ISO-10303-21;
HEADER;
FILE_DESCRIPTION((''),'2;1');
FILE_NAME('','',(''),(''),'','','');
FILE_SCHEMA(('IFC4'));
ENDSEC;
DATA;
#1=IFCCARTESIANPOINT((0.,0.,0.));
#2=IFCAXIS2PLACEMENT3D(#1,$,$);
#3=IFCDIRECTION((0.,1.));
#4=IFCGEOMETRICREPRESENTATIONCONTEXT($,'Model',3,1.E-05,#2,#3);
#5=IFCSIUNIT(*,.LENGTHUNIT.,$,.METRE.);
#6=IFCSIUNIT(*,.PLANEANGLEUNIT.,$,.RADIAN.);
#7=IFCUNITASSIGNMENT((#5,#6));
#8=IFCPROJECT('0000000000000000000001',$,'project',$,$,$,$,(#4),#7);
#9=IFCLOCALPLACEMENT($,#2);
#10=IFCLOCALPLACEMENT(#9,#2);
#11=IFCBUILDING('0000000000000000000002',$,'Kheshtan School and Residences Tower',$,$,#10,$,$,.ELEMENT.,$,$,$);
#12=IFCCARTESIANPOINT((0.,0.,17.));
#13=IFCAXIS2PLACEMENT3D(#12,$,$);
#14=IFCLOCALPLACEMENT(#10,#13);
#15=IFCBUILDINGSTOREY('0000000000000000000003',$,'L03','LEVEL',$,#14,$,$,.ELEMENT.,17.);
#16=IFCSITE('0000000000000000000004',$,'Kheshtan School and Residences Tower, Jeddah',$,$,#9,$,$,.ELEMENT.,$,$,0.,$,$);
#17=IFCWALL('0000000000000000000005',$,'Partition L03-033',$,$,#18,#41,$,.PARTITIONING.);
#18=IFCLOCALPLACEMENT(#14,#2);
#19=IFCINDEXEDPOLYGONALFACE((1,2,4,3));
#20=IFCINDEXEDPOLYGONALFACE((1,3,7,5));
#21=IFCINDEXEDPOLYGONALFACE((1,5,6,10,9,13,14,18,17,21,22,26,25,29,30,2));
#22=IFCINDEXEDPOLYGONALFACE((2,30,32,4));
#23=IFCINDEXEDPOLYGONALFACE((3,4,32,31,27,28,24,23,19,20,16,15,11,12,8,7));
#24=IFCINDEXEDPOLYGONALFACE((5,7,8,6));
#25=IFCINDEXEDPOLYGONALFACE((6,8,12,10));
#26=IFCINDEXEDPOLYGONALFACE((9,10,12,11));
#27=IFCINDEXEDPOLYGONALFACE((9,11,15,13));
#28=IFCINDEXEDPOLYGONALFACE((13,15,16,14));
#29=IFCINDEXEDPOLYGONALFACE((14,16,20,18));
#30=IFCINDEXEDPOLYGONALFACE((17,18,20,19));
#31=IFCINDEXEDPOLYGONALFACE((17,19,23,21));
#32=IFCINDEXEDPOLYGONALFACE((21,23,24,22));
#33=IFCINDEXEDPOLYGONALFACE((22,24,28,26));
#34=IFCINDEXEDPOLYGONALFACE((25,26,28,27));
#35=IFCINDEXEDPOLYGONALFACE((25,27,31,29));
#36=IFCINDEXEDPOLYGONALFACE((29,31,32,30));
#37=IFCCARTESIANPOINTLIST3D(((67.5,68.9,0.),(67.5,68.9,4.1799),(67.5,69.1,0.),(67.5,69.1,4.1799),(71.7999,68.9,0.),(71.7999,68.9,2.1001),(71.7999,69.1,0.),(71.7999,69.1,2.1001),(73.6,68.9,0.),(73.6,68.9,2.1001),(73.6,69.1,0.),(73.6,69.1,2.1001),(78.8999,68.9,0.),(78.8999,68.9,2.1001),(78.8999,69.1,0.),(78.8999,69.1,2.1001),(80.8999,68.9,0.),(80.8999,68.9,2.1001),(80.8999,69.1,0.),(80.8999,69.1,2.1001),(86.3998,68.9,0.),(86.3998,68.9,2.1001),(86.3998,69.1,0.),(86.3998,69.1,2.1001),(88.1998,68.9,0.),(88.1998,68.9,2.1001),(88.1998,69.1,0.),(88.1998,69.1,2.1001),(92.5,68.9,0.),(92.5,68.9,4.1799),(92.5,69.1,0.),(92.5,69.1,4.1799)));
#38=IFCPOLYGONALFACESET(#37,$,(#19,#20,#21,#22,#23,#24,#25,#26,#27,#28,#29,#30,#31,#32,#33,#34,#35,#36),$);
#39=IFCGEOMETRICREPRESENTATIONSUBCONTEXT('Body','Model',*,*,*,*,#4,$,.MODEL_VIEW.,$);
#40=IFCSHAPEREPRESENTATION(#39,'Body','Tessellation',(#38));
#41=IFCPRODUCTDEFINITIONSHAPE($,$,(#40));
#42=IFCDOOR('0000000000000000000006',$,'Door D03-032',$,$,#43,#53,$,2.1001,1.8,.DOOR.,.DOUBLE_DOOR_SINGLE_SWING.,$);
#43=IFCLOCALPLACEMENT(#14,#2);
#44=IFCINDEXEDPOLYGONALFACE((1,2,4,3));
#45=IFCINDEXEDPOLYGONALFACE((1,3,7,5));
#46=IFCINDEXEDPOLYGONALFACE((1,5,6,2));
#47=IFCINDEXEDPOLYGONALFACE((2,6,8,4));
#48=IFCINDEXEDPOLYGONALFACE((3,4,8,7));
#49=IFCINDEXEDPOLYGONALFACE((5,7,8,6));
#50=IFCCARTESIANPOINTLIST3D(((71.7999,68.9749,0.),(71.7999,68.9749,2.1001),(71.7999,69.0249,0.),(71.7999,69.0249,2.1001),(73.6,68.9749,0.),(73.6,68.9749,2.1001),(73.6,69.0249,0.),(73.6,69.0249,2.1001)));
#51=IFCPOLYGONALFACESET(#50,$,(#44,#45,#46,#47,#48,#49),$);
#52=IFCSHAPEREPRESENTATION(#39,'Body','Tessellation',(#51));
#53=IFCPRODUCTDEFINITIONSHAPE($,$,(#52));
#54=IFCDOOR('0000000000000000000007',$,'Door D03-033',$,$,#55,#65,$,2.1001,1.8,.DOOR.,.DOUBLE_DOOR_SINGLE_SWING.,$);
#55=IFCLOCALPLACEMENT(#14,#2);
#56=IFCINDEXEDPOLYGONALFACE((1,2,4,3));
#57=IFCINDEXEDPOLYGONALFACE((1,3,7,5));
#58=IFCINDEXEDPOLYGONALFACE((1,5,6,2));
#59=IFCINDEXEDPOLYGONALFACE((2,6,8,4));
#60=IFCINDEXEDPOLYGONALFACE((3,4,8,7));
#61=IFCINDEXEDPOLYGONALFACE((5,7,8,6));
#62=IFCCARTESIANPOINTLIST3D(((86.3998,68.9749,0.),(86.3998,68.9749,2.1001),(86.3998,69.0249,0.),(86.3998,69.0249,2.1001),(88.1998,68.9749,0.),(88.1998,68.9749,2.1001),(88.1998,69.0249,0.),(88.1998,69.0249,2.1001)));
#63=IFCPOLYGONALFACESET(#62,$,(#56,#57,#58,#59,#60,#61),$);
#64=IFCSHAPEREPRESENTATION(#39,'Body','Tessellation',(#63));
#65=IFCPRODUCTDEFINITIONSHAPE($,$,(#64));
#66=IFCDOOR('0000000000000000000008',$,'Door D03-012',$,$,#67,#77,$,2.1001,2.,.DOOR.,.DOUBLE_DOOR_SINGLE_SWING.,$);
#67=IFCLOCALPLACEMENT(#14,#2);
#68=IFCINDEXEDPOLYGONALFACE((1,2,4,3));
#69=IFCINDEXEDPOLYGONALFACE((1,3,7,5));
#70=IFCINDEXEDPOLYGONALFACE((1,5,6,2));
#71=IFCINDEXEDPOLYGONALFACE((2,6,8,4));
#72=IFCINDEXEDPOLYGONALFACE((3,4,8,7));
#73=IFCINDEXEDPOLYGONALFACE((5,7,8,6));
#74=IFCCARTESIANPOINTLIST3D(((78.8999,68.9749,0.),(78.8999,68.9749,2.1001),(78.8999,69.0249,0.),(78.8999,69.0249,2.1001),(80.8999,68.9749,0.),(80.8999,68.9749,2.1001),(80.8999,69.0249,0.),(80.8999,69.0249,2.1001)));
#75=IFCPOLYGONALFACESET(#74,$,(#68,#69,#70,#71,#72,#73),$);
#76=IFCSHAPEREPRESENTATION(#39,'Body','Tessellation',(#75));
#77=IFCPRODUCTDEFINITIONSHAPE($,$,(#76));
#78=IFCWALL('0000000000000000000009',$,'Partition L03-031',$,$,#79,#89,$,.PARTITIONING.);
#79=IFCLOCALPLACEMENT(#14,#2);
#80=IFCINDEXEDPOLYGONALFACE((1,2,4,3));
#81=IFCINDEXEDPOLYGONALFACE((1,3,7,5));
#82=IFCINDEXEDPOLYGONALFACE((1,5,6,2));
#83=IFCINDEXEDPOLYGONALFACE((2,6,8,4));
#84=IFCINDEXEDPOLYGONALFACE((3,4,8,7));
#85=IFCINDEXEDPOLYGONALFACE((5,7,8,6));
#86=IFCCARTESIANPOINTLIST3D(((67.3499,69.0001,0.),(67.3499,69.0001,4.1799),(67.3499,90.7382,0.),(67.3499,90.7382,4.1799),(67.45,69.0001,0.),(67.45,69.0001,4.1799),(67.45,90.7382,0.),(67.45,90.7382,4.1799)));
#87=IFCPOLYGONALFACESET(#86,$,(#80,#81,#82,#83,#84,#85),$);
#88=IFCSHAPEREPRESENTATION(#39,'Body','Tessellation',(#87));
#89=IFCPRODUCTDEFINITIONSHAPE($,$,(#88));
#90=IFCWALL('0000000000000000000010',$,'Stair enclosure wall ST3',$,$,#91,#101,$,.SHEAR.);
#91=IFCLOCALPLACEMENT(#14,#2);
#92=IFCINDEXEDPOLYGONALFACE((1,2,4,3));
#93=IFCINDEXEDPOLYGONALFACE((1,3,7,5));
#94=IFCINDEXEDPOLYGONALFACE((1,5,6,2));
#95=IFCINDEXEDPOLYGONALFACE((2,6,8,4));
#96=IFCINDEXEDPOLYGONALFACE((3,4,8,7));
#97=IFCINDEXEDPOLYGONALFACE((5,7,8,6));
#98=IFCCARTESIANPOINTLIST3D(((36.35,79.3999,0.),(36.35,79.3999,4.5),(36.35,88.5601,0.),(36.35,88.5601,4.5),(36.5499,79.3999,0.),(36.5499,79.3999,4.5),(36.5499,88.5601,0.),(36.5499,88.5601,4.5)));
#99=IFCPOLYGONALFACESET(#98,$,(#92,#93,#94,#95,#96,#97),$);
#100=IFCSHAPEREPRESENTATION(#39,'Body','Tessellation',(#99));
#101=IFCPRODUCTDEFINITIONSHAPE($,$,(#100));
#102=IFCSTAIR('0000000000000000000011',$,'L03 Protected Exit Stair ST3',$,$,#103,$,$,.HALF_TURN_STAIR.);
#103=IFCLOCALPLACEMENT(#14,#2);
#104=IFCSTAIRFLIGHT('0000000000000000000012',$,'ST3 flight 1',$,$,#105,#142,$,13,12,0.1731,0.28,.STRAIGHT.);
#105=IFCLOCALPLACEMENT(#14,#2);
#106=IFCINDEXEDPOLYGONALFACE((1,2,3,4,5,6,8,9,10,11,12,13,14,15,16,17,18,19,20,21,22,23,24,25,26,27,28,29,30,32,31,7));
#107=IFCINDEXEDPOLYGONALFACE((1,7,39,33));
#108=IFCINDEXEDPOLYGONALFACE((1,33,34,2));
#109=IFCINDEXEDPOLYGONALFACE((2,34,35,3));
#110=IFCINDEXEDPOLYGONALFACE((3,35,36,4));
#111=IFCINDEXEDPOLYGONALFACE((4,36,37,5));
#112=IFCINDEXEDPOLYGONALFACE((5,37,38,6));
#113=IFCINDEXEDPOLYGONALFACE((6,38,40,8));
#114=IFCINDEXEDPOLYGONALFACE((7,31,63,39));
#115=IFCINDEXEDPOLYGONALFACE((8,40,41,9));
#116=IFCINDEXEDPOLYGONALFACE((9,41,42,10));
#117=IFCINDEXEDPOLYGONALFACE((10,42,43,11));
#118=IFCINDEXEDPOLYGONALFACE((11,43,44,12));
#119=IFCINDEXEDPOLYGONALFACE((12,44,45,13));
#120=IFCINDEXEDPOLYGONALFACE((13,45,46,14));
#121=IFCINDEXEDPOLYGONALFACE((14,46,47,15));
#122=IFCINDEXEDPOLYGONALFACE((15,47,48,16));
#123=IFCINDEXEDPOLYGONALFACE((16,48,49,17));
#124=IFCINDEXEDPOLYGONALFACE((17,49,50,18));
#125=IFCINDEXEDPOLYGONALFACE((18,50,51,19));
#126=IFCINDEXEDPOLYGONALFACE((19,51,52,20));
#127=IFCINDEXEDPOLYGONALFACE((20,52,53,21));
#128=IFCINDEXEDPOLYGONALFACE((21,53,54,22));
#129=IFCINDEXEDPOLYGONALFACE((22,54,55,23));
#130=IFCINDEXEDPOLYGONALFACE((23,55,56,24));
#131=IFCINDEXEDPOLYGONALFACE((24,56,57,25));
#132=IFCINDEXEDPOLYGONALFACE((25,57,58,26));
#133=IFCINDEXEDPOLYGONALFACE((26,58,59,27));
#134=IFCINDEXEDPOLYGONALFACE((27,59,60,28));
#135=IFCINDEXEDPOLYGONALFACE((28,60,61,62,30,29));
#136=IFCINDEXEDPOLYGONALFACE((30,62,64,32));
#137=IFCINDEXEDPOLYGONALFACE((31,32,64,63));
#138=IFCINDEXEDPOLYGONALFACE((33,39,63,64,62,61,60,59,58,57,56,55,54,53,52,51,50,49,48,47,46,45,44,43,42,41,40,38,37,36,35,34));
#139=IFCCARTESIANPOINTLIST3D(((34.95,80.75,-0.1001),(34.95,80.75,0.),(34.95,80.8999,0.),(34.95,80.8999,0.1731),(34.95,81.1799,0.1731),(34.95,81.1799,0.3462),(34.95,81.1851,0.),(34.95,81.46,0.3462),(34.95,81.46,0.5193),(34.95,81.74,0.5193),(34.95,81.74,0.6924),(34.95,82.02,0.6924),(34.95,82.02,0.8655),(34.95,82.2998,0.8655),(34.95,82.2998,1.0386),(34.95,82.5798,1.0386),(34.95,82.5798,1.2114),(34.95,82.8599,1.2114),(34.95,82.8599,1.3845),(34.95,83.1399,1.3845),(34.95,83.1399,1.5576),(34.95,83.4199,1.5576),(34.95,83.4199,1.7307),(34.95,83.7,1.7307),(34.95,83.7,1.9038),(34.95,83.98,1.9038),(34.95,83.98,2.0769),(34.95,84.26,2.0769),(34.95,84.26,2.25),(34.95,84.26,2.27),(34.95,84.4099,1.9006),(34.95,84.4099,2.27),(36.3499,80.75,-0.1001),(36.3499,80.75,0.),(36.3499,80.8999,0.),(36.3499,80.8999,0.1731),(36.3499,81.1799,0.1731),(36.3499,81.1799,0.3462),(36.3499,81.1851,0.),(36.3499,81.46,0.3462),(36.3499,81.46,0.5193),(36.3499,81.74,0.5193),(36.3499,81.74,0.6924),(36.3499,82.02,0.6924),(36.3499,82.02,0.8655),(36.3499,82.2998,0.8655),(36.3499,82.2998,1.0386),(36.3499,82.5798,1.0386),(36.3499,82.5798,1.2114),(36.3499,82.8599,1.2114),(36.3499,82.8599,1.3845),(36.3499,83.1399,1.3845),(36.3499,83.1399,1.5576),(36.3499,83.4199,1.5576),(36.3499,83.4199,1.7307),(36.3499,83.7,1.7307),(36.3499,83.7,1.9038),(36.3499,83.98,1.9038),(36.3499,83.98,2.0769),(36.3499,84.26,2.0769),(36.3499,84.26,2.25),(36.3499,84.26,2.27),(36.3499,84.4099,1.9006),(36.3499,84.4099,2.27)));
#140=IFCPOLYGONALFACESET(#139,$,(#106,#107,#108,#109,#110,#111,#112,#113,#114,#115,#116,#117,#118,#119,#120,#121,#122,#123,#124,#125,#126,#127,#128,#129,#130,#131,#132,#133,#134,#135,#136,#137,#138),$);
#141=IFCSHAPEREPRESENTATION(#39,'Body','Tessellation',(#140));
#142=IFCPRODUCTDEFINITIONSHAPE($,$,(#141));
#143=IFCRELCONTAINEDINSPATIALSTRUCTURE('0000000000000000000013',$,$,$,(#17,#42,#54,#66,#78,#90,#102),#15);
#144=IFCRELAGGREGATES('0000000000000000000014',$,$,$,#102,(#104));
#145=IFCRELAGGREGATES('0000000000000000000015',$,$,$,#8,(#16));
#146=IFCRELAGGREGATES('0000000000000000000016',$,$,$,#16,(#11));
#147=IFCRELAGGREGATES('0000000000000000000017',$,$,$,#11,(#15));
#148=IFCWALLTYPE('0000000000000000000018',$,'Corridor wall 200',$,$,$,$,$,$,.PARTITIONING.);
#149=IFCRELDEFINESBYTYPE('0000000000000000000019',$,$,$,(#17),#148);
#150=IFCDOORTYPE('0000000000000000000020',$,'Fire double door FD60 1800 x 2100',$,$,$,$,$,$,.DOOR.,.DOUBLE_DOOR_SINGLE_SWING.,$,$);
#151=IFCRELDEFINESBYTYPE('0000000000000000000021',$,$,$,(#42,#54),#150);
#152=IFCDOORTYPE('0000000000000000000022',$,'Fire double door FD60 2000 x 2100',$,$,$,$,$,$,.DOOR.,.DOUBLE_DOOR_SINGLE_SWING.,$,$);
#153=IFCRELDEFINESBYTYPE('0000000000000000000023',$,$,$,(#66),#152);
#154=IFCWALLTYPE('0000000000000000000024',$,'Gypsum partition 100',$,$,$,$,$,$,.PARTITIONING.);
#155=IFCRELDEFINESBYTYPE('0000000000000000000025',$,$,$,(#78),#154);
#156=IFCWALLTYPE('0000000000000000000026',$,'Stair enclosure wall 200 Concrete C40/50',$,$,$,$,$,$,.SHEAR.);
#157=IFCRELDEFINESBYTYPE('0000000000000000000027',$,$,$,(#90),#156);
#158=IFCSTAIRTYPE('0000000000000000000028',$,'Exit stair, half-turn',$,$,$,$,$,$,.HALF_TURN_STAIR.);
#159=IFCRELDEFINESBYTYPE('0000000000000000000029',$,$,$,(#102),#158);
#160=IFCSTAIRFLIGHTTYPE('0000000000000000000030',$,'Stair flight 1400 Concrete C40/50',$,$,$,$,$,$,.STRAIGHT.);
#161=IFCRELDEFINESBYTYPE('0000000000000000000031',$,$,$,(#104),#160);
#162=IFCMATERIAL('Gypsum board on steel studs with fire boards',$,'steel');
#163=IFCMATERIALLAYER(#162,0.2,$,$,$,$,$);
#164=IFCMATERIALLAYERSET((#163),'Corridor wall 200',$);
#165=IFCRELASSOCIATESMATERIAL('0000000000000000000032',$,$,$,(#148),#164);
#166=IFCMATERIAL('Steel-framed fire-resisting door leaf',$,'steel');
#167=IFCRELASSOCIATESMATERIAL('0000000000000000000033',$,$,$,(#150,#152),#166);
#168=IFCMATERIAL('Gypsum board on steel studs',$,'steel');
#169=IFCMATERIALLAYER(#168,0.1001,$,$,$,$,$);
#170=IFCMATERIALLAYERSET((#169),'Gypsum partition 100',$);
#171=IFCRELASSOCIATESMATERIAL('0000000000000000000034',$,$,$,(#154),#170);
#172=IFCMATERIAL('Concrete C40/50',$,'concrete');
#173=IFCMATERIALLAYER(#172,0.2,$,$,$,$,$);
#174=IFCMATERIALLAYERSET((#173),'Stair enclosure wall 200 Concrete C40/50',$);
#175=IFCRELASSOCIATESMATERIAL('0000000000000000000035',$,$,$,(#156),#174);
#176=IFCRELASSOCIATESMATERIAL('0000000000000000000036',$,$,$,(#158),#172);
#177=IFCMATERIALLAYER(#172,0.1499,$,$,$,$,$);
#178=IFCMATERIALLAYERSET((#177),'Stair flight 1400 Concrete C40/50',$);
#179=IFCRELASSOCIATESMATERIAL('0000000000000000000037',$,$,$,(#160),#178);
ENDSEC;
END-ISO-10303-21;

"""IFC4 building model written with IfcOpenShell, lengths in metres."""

from ifc_helpers import new_model, si_unit, direction, frame, frame_2d, origin, place, context, subcontext, project, spatial, polyline, rectangle, outline, extrude, source, transform, mapped, material, layer, layer_set, type_object, element, fill, aggregate, save


model = new_model("IFC4")

# Units and contexts
model_context = context("Model", 3, precision=1e-05, world=origin(), true_north=direction((0.0, 1.0)))
body_context = subcontext(model_context, "Body", "Model", "MODEL_VIEW")
ifc_project = project(units=[si_unit("LENGTHUNIT", "METRE"), si_unit("PLANEANGLEUNIT", "RADIAN")], contexts=[model_context])

# Site, building, storey
site_placement = place(None, origin())
site = spatial("IfcSite", under=ifc_project, at=site_placement, Name="Kheshtan School and Residences Tower, Jeddah", CompositionType="ELEMENT", RefElevation=0.0)
building_placement = place(site_placement, origin())
building = spatial("IfcBuilding", under=site, at=building_placement, Name="Kheshtan School and Residences Tower", CompositionType="ELEMENT")
storey_placement = place(building_placement, frame((0.0, 0.0, 17.0)))
storey = spatial("IfcBuildingStorey", under=building, at=storey_placement, Name="L03", Description="LEVEL", CompositionType="ELEMENT", Elevation=17.0)

# Wall, openings, doors
ifc_material_1 = material(Name="Gypsum board on steel studs with fire boards", Category="steel")
ifc_layer_1 = layer(ifc_material_1, 0.2)
ifc_layer_set_1 = layer_set([ifc_layer_1], Name="Corridor wall 200")
wall_type_1 = type_object("IfcWallType", Name="Corridor wall 200", PredefinedType="PARTITIONING", material=ifc_layer_set_1)
wall_1_placement = place(storey_placement, frame((67.5, 69.0, 0.0), z_axis=(0.0, 0.0, 1.0), x_axis=(1.0, 0.0, 0.0)))
wall_1 = element("IfcWall", 1, at=wall_1_placement, inside=storey, type_object=wall_type_1, Name="Partition L03-033", PredefinedType="PARTITIONING", context=body_context, shape_type="SweptSolid", body=[
    extrude(rectangle(XDim=25.0, YDim=0.2, at=frame_2d((12.5, 0.0))), origin(), (0.0, 0.0, 1.0), 4.1799),
])
opening_1_placement = place(wall_1_placement, frame((11.3999, 0.0, 0.0)))
opening_1 = element("IfcOpeningElement", 2, at=opening_1_placement, cuts=wall_1, PredefinedType="OPENING", context=body_context, shape_type="SweptSolid", body=[
    extrude(rectangle(XDim=2.0, YDim=2.1001, at=frame_2d((1.0, 1.05))), frame((0.0, 0.1099, 0.0), z_axis=(0.0, -1.0, 0.0), x_axis=(1.0, 0.0, 0.0)), (0.0, 0.0, 1.0), 0.22),
])
opening_2_placement = place(wall_1_placement, frame((4.3, 0.0, 0.0)))
opening_2 = element("IfcOpeningElement", 3, at=opening_2_placement, cuts=wall_1, PredefinedType="OPENING", context=body_context, shape_type="SweptSolid", body=[
    extrude(rectangle(XDim=1.8, YDim=2.1001, at=frame_2d((0.8999, 1.05))), frame((0.0, 0.1099, 0.0), z_axis=(0.0, -1.0, 0.0), x_axis=(1.0, 0.0, 0.0)), (0.0, 0.0, 1.0), 0.22),
])
opening_3_placement = place(wall_1_placement, frame((18.8999, 0.0, 0.0)))
opening_3 = element("IfcOpeningElement", 4, at=opening_3_placement, cuts=wall_1, PredefinedType="OPENING", context=body_context, shape_type="SweptSolid", body=[
    extrude(rectangle(XDim=1.8, YDim=2.1001, at=frame_2d((0.8999, 1.05))), frame((0.0, 0.1099, 0.0), z_axis=(0.0, -1.0, 0.0), x_axis=(1.0, 0.0, 0.0)), (0.0, 0.0, 1.0), 0.22),
])
ifc_material_2 = material(Name="Steel-framed fire-resisting door leaf", Category="steel")
door_type_1 = type_object("IfcDoorType", Name="Fire double door FD60 1800 x 2100", OperationType="DOUBLE_DOOR_SINGLE_SWING", PredefinedType="DOOR", material=ifc_material_2)
shared_shape_1 = source(origin(), body_context, "Body", "SweptSolid", [
    extrude(rectangle(XDim=1.8, YDim=2.1001, at=frame_2d((0.8999, 1.05))), frame((0.0, 0.0249, 0.0), z_axis=(0.0, -1.0, 0.0), x_axis=(1.0, 0.0, 0.0)), (0.0, 0.0, 1.0), 0.05),
])
door_1_placement = place(opening_2_placement, origin())
door_1 = element("IfcDoor", 5, at=door_1_placement, inside=storey, type_object=door_type_1, Name="Door D03-032", OperationType="DOUBLE_DOOR_SINGLE_SWING", OverallHeight=2.1001, OverallWidth=1.8, PredefinedType="DOOR", context=body_context, shape_type="MappedRepresentation", body=[
    mapped(shared_shape_1, transform((0.0, 0.0, 0.0), x_axis=(1.0, 0.0, 0.0), y_axis=(0.0, 1.0, 0.0), z_axis=(0.0, 0.0, 1.0), scale=1.0)),
])
fill(opening_2, door_1)
door_2_placement = place(opening_3_placement, origin())
door_2 = element("IfcDoor", 6, at=door_2_placement, inside=storey, type_object=door_type_1, Name="Door D03-033", OperationType="DOUBLE_DOOR_SINGLE_SWING", OverallHeight=2.1001, OverallWidth=1.8, PredefinedType="DOOR", context=body_context, shape_type="MappedRepresentation", body=[
    mapped(shared_shape_1, transform((0.0, 0.0, 0.0), x_axis=(1.0, 0.0, 0.0), y_axis=(0.0, 1.0, 0.0), z_axis=(0.0, 0.0, 1.0), scale=1.0)),
])
fill(opening_3, door_2)
door_type_2 = type_object("IfcDoorType", Name="Fire double door FD60 2000 x 2100", OperationType="DOUBLE_DOOR_SINGLE_SWING", PredefinedType="DOOR", material=ifc_material_2)
shared_shape_2 = source(origin(), body_context, "Body", "SweptSolid", [
    extrude(rectangle(XDim=2.0, YDim=2.1001, at=frame_2d((1.0, 1.05))), frame((0.0, 0.0249, 0.0), z_axis=(0.0, -1.0, 0.0), x_axis=(1.0, 0.0, 0.0)), (0.0, 0.0, 1.0), 0.05),
])
door_3_placement = place(opening_1_placement, origin())
door_3 = element("IfcDoor", 7, at=door_3_placement, inside=storey, type_object=door_type_2, Name="Door D03-012", OperationType="DOUBLE_DOOR_SINGLE_SWING", OverallHeight=2.1001, OverallWidth=2.0, PredefinedType="DOOR", context=body_context, shape_type="MappedRepresentation", body=[
    mapped(shared_shape_2, transform((0.0, 0.0, 0.0), x_axis=(1.0, 0.0, 0.0), y_axis=(0.0, 1.0, 0.0), z_axis=(0.0, 0.0, 1.0), scale=1.0)),
])
fill(opening_1, door_3)

# Walls
ifc_material_3 = material(Name="Gypsum board on steel studs", Category="steel")
ifc_layer_2 = layer(ifc_material_3, 0.1001)
ifc_layer_set_2 = layer_set([ifc_layer_2], Name="Gypsum partition 100")
wall_type_2 = type_object("IfcWallType", Name="Gypsum partition 100", PredefinedType="PARTITIONING", material=ifc_layer_set_2)
wall_2_placement = place(storey_placement, frame((67.3999, 69.0, 0.0), z_axis=(0.0, 0.0, 1.0), x_axis=(0.0, 1.0, 0.0)))
element("IfcWall", 8, at=wall_2_placement, inside=storey, type_object=wall_type_2, Name="Partition L03-031", PredefinedType="PARTITIONING", context=body_context, shape_type="SweptSolid", body=[
    extrude(rectangle(XDim=21.738, YDim=0.1001, at=frame_2d((10.8691, 0.0))), origin(), (0.0, 0.0, 1.0), 4.1799),
])
ifc_material_4 = material(Name="Concrete C40/50", Category="concrete")
ifc_layer_3 = layer(ifc_material_4, 0.2)
ifc_layer_set_3 = layer_set([ifc_layer_3], Name="Stair enclosure wall 200 Concrete C40/50")
wall_type_3 = type_object("IfcWallType", Name="Stair enclosure wall 200 Concrete C40/50", PredefinedType="SHEAR", material=ifc_layer_set_3)
wall_3_placement = place(storey_placement, frame((36.45, 79.3999, 0.0), z_axis=(0.0, 0.0, 1.0), x_axis=(0.0, 1.0, 0.0)))
element("IfcWall", 9, at=wall_3_placement, inside=storey, type_object=wall_type_3, Name="Stair enclosure wall ST3", PredefinedType="SHEAR", context=body_context, shape_type="SweptSolid", body=[
    extrude(rectangle(XDim=9.1602, YDim=0.2, at=frame_2d((4.5801, 0.0))), origin(), (0.0, 0.0, 1.0), 4.5),
])

# Stair, stair flight
stair_type = type_object("IfcStairType", Name="Exit stair, half-turn", PredefinedType="HALF_TURN_STAIR", material=ifc_material_4)
stair_placement = place(storey_placement, origin())
stair = element("IfcStair", 10, at=stair_placement, inside=storey, type_object=stair_type, Name="L03 Protected Exit Stair ST3", PredefinedType="HALF_TURN_STAIR")
ifc_layer_4 = layer(ifc_material_4, 0.1499)
ifc_layer_set_4 = layer_set([ifc_layer_4], Name="Stair flight 1400 Concrete C40/50")
stair_flight_type = type_object("IfcStairFlightType", Name="Stair flight 1400 Concrete C40/50", PredefinedType="STRAIGHT", material=ifc_layer_set_4)
stair_flight_placement = place(storey_placement, frame((35.6499, 80.8999, 0.0), z_axis=(0.0, 0.0, 1.0), x_axis=(0.0, 1.0, 0.0)))
stair_flight = element("IfcStairFlight", 11, at=stair_flight_placement, type_object=stair_flight_type, Name="ST3 flight 1", NumberOfRisers=13, NumberOfTreads=12, PredefinedType="STRAIGHT", RiserHeight=0.1731, TreadLength=0.28, context=body_context, shape_type="SweptSolid", body=[
    extrude(outline(polyline([(-0.1499, -0.1001), (-0.1499, 0.0), (0.0, 0.0), (0.0, 0.1731), (0.28, 0.1731), (0.28, 0.3462), (0.5601, 0.3462), (0.5601, 0.5193), (0.8401, 0.5193), (0.8401, 0.6924), (1.1201, 0.6924), (1.1201, 0.8655), (1.3999, 0.8655), (1.3999, 1.0386), (1.6799, 1.0386), (1.6799, 1.2114), (1.96, 1.2114), (1.96, 1.3845), (2.24, 1.3845), (2.24, 1.5576), (2.52, 1.5576), (2.52, 1.7307), (2.8, 1.7307), (2.8, 1.9038), (3.0801, 1.9038), (3.0801, 2.0769), (3.3601, 2.0769), (3.3601, 2.25), (3.3601, 2.27), (3.51, 2.27), (3.51, 1.9006), (0.2852, 0.0), (-0.1499, -0.1001)])), frame((0.0, 0.7, 0.0), z_axis=(0.0, -1.0, 0.0), x_axis=(1.0, 0.0, 0.0)), (0.0, 0.0, 1.0), 1.3999),
])
aggregate(stair, [stair_flight])

save(model, "model.ifc")
